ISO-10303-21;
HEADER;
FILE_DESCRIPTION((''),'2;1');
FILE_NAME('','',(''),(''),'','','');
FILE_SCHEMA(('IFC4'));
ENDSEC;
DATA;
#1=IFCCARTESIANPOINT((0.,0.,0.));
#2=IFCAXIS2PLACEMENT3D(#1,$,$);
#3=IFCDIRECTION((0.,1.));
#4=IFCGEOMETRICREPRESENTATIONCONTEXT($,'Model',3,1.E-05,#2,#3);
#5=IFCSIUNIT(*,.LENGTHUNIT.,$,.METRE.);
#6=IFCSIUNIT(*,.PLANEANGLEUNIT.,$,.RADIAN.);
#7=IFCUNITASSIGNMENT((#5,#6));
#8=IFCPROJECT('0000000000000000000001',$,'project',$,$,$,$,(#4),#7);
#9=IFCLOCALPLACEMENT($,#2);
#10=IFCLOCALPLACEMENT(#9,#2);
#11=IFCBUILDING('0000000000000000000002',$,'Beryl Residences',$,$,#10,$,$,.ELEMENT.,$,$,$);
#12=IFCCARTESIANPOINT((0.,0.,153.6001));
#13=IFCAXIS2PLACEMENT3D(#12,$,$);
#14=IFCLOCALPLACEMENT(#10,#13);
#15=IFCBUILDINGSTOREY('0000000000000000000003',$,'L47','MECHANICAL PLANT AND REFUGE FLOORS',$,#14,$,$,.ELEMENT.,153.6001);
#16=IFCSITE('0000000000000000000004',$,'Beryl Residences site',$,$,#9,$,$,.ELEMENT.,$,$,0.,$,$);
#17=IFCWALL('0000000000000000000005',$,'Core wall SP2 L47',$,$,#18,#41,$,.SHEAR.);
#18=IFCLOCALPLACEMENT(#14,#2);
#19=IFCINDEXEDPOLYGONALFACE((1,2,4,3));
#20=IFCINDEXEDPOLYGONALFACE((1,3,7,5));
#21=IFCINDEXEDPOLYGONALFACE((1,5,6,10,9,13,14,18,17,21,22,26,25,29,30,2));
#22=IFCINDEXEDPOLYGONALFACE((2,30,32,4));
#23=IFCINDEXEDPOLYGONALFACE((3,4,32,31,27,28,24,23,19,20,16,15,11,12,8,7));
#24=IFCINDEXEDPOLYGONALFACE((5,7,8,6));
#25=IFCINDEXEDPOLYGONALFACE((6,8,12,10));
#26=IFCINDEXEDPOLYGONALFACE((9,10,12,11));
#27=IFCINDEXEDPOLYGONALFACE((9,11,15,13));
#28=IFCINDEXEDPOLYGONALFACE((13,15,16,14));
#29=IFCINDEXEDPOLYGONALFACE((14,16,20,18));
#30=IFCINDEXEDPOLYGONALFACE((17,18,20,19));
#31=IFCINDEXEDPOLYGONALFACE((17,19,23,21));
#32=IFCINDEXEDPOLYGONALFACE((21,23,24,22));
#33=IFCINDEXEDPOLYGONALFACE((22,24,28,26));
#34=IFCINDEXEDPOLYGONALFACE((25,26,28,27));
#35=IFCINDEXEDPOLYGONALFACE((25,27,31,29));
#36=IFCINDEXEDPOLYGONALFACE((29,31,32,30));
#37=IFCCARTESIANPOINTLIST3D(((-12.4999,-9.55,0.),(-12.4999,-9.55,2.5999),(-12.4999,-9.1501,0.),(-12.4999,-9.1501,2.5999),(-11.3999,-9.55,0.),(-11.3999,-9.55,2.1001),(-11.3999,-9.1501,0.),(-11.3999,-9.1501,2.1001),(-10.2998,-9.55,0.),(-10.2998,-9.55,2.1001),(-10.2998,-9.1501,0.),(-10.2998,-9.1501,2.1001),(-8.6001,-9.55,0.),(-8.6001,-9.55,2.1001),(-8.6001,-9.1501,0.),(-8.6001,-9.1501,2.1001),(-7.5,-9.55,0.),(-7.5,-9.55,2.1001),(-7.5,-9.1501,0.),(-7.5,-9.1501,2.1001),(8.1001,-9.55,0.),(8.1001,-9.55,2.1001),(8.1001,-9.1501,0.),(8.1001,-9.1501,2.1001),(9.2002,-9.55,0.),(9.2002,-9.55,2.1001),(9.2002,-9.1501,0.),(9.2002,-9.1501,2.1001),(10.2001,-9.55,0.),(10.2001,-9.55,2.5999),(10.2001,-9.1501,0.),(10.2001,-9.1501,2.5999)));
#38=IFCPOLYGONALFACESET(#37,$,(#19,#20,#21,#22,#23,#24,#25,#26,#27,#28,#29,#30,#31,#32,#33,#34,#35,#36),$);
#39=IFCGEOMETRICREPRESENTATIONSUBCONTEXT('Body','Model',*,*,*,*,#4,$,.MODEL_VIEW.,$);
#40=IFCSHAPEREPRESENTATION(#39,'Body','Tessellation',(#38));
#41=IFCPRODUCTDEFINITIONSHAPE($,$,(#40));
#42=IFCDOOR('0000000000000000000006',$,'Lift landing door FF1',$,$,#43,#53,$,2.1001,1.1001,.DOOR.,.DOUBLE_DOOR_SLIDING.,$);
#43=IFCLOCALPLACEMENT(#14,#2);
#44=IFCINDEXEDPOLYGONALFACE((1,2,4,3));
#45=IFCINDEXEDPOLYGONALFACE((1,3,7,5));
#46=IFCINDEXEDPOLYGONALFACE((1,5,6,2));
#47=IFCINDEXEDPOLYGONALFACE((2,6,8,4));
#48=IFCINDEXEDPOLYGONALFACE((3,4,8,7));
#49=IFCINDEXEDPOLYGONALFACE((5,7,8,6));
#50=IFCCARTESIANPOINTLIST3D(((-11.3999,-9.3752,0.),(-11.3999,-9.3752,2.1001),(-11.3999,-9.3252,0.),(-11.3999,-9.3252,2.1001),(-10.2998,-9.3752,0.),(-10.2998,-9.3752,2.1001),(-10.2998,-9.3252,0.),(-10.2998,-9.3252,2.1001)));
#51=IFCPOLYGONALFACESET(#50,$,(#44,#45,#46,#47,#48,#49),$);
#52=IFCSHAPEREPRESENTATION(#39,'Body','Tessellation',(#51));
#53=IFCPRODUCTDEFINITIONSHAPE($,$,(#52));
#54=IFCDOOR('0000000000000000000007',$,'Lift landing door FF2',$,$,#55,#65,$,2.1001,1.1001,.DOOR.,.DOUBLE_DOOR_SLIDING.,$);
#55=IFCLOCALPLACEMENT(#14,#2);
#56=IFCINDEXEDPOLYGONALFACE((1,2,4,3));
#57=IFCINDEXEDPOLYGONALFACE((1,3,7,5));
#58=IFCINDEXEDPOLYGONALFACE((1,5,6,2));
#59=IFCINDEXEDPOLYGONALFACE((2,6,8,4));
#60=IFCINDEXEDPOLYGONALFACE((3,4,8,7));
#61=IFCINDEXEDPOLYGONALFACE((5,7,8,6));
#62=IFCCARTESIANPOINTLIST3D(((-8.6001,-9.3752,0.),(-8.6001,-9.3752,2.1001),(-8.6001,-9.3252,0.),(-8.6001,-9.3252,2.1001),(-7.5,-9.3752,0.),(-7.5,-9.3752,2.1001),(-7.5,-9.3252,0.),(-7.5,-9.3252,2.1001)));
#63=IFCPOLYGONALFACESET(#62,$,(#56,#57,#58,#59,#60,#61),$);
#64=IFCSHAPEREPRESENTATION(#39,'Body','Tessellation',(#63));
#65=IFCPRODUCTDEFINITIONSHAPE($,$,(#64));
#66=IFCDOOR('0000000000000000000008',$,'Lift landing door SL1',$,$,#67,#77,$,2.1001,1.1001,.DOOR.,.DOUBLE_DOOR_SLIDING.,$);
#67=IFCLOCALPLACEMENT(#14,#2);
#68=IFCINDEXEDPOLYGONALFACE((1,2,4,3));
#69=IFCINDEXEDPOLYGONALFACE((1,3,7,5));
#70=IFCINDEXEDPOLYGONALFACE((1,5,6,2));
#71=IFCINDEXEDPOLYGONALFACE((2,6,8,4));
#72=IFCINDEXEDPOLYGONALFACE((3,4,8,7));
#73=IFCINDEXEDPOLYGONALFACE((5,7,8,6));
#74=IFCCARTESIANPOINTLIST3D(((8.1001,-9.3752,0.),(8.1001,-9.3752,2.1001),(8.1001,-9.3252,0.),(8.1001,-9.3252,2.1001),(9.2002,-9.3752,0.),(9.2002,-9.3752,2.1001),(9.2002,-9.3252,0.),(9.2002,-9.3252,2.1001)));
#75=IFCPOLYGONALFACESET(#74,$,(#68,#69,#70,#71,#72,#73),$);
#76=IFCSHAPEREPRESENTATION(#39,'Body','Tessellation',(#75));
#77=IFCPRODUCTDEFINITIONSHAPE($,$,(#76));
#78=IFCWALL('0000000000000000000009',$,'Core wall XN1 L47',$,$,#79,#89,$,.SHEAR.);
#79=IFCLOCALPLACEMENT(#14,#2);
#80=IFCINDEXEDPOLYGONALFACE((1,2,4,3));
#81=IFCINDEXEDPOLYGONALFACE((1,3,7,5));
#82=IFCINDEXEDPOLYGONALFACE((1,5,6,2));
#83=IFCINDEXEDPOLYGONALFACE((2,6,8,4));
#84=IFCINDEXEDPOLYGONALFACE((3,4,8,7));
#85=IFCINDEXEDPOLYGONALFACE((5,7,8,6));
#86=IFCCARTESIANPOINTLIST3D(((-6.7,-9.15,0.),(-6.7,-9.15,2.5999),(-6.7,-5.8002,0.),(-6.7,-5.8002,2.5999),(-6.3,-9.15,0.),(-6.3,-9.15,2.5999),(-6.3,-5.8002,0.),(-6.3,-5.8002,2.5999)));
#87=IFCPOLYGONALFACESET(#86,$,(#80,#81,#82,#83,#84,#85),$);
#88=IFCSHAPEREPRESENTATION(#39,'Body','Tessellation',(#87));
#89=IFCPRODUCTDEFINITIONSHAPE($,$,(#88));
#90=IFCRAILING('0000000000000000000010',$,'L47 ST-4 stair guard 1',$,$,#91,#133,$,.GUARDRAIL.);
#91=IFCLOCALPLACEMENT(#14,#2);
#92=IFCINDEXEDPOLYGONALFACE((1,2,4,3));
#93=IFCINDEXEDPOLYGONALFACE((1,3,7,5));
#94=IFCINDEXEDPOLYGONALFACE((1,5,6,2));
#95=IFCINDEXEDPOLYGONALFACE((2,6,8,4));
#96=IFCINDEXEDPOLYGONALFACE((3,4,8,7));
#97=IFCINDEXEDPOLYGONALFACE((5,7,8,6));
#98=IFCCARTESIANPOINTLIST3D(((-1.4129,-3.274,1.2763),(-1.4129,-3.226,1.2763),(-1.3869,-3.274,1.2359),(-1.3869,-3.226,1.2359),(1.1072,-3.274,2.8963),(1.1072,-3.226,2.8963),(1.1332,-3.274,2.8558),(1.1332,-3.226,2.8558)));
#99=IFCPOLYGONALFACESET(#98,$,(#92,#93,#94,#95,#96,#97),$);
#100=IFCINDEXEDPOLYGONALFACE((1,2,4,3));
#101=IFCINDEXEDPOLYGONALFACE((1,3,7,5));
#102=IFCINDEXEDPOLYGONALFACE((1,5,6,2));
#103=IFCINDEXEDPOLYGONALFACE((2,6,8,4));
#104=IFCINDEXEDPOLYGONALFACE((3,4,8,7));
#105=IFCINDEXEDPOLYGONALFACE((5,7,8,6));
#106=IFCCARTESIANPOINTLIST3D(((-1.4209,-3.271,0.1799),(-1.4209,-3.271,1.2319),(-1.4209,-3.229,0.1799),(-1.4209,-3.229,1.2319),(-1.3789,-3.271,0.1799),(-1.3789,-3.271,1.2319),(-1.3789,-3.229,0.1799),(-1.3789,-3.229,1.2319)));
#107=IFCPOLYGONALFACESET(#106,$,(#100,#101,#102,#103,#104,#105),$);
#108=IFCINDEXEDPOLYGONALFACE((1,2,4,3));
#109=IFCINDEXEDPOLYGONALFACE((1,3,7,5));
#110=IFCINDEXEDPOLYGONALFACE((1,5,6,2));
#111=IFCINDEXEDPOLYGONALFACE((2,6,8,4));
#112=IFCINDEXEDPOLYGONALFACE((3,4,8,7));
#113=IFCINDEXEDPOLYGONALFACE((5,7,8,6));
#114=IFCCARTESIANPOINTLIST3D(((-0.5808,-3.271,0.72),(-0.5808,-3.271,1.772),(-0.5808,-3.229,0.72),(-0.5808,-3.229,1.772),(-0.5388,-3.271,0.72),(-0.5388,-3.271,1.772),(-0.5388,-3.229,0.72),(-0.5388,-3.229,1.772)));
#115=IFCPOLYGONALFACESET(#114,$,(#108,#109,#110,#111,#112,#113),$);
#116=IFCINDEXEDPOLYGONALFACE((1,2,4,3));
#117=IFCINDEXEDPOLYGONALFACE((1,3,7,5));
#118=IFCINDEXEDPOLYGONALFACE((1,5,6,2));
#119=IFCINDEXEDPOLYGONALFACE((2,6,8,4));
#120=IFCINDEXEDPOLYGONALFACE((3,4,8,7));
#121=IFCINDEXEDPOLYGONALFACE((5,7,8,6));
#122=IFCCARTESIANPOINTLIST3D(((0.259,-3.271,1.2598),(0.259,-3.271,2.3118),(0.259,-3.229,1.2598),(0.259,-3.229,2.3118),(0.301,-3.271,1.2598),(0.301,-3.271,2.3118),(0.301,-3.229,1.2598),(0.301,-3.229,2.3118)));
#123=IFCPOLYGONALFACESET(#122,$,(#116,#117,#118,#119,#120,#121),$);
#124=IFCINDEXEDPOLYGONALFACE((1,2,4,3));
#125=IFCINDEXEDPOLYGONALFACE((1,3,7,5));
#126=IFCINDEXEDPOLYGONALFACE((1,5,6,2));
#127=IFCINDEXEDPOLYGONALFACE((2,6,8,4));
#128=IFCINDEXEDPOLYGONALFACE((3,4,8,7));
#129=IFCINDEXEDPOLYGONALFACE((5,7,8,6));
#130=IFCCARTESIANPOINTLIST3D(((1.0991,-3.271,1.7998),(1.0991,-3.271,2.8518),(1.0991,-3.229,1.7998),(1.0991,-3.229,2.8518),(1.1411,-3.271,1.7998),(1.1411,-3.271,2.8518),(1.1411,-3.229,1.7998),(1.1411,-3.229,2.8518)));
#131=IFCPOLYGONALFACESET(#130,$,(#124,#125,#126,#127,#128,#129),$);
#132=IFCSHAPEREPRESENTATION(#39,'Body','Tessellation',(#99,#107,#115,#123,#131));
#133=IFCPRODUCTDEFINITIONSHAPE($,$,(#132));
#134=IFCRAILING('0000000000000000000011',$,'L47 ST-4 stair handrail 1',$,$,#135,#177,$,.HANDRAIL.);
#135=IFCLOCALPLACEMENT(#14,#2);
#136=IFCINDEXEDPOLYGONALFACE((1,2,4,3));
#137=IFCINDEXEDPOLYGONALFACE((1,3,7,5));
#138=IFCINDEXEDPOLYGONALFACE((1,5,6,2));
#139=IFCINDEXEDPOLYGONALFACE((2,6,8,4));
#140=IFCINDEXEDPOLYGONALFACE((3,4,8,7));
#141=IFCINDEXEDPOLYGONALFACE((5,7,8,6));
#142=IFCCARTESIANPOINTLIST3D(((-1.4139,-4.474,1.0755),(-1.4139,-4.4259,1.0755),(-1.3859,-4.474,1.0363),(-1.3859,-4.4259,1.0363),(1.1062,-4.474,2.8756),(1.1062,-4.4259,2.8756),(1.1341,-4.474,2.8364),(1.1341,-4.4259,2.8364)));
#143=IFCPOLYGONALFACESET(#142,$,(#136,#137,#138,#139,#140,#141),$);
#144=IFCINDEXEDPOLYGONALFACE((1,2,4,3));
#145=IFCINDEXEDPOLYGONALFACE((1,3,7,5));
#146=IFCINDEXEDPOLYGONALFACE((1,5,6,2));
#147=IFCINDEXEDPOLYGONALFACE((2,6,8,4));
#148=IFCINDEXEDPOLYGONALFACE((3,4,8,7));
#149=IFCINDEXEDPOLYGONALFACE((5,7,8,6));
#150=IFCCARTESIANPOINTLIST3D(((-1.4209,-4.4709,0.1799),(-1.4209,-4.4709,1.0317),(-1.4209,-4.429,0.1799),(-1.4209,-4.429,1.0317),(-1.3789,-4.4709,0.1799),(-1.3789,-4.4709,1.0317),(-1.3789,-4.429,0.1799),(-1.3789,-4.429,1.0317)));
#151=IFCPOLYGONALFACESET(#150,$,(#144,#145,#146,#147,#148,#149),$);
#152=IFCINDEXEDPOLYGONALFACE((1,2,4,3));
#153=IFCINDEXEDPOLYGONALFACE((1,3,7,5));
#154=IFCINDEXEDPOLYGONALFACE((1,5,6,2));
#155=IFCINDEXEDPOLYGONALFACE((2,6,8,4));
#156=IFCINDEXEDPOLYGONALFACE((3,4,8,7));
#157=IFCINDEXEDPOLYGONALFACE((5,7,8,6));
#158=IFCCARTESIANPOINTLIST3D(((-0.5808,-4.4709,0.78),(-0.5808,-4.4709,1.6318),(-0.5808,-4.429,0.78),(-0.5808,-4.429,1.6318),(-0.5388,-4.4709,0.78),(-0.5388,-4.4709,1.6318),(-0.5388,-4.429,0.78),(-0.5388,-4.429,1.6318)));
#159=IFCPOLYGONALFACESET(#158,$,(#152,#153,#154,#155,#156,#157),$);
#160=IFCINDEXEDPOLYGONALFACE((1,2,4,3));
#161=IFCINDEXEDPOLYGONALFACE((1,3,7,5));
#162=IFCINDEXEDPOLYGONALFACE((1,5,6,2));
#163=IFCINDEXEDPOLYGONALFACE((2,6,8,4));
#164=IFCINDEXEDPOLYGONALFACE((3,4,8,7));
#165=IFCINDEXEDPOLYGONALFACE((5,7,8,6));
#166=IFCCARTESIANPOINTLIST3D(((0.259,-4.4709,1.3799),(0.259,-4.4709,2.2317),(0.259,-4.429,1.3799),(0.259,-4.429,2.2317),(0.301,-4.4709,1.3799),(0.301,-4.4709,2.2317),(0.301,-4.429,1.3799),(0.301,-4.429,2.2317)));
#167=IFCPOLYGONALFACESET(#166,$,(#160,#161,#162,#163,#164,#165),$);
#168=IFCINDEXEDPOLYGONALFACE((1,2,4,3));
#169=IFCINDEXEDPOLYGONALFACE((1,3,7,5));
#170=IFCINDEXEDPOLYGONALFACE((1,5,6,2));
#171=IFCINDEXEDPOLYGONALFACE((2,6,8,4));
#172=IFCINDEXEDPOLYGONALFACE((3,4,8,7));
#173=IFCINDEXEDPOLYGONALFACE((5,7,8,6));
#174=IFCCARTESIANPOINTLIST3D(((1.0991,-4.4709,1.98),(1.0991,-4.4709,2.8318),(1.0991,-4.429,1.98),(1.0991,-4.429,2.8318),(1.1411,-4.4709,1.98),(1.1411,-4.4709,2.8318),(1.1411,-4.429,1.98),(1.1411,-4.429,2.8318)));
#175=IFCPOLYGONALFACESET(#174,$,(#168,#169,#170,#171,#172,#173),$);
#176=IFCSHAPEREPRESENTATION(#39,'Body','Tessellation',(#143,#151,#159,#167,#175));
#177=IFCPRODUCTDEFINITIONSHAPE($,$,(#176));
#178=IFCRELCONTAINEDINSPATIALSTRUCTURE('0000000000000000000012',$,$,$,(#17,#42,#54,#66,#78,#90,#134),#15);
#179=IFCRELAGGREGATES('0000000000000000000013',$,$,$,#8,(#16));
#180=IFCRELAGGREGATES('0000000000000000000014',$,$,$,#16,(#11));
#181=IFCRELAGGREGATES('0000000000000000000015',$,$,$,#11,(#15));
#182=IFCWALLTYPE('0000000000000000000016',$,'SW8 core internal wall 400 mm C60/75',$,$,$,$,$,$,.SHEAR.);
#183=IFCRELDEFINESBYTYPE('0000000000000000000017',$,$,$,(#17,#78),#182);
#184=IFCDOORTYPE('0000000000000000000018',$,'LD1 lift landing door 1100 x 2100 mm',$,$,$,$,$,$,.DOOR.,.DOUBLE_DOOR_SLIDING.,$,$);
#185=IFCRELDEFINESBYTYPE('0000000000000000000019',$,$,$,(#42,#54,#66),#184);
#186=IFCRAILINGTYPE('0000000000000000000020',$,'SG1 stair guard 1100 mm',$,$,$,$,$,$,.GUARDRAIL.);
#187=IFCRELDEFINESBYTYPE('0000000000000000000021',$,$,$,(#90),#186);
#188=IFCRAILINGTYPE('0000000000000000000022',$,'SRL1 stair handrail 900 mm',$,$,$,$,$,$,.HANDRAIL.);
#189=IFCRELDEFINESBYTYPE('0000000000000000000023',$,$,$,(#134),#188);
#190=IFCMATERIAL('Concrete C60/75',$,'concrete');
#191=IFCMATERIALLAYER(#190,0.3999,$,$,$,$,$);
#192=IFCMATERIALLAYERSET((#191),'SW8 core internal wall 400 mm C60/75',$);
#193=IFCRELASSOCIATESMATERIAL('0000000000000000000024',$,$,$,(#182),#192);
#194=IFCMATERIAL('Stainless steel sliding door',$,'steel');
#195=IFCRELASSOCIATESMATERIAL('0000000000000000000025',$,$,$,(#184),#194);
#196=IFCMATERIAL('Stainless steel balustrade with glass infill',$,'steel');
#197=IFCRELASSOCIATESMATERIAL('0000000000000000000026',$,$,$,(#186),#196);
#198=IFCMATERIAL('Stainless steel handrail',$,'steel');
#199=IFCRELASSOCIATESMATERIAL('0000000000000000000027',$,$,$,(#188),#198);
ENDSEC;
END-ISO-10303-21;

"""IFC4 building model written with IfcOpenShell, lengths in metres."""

from ifc_helpers import new_model, si_unit, direction, frame, frame_2d, origin, origin_2d, place, context, subcontext, project, spatial, rectangle, extrude, material, layer, layer_set, type_object, element, fill, save


model = new_model("IFC4")

# Units and contexts
model_context = context("Model", 3, precision=1e-05, world=origin(), true_north=direction((0.0, 1.0)))
body_context = subcontext(model_context, "Body", "Model", "MODEL_VIEW")
ifc_project = project(units=[si_unit("LENGTHUNIT", "METRE"), si_unit("PLANEANGLEUNIT", "RADIAN")], contexts=[model_context])

# Site, building, storey
site_placement = place(None, origin())
site = spatial("IfcSite", under=ifc_project, at=site_placement, Name="Beryl Residences site", CompositionType="ELEMENT", RefElevation=0.0)
building_placement = place(site_placement, origin())
building = spatial("IfcBuilding", under=site, at=building_placement, Name="Beryl Residences", CompositionType="ELEMENT")
storey_placement = place(building_placement, frame((0.0, 0.0, 153.6001)))
storey = spatial("IfcBuildingStorey", under=building, at=storey_placement, Name="L47", Description="MECHANICAL PLANT AND REFUGE FLOORS", CompositionType="ELEMENT", Elevation=153.6001)

# Wall, openings, doors
ifc_material_1 = material(Name="Concrete C60/75", Category="concrete")
ifc_layer_1 = layer(ifc_material_1, 0.3999)
ifc_layer_set_1 = layer_set([ifc_layer_1], Name="SW8 core internal wall 400 mm C60/75")
wall_type_1 = type_object("IfcWallType", Name="SW8 core internal wall 400 mm C60/75", PredefinedType="SHEAR", material=ifc_layer_set_1)
wall_1_placement = place(storey_placement, frame((-12.5, -9.3501, 0.0), z_axis=(0.0, 0.0, 1.0), x_axis=(1.0, 0.0, 0.0)))
wall_1 = element("IfcWall", 1, at=wall_1_placement, inside=storey, type_object=wall_type_1, Name="Core wall SP2 L47", PredefinedType="SHEAR", context=body_context, shape_type="SweptSolid", body=[
    extrude(rectangle(XDim=22.7, YDim=0.3999, at=frame_2d((11.3501, 0.0))), origin(), (0.0, 0.0, 1.0), 2.5999),
])
opening_1_placement = place(wall_1_placement, frame((1.1001, 0.0, 0.0)))
opening_1 = element("IfcOpeningElement", 2, at=opening_1_placement, cuts=wall_1, PredefinedType="OPENING", context=body_context, shape_type="SweptSolid", body=[
    extrude(rectangle(XDim=1.1001, YDim=2.1001, at=frame_2d((0.55, 1.05))), frame((0.0, 0.21, 0.0), z_axis=(0.0, -1.0, 0.0), x_axis=(1.0, 0.0, 0.0)), (0.0, 0.0, 1.0), 0.4199),
])
opening_2_placement = place(wall_1_placement, frame((3.8999, 0.0, 0.0)))
opening_2 = element("IfcOpeningElement", 3, at=opening_2_placement, cuts=wall_1, PredefinedType="OPENING", context=body_context, shape_type="SweptSolid", body=[
    extrude(rectangle(XDim=1.1001, YDim=2.1001, at=frame_2d((0.55, 1.05))), frame((0.0, 0.21, 0.0), z_axis=(0.0, -1.0, 0.0), x_axis=(1.0, 0.0, 0.0)), (0.0, 0.0, 1.0), 0.4199),
])
opening_3_placement = place(wall_1_placement, frame((20.6001, 0.0, 0.0)))
opening_3 = element("IfcOpeningElement", 4, at=opening_3_placement, cuts=wall_1, PredefinedType="OPENING", context=body_context, shape_type="SweptSolid", body=[
    extrude(rectangle(XDim=1.1001, YDim=2.1001, at=frame_2d((0.55, 1.05))), frame((0.0, 0.21, 0.0), z_axis=(0.0, -1.0, 0.0), x_axis=(1.0, 0.0, 0.0)), (0.0, 0.0, 1.0), 0.4199),
])
ifc_material_2 = material(Name="Stainless steel sliding door", Category="steel")
door_type_1 = type_object("IfcDoorType", Name="LD1 lift landing door 1100 x 2100 mm", OperationType="DOUBLE_DOOR_SLIDING", PredefinedType="DOOR", material=ifc_material_2)
door_1_placement = place(opening_1_placement, origin())
door_1 = element("IfcDoor", 5, at=door_1_placement, inside=storey, type_object=door_type_1, Name="Lift landing door FF1", OperationType="DOUBLE_DOOR_SLIDING", OverallHeight=2.1001, OverallWidth=1.1001, PredefinedType="DOOR", context=body_context, shape_type="SweptSolid", body=[
    extrude(rectangle(XDim=1.1001, YDim=2.1001, at=frame_2d((0.55, 1.05))), frame((0.0, 0.0249, 0.0), z_axis=(0.0, -1.0, 0.0), x_axis=(1.0, 0.0, 0.0)), (0.0, 0.0, 1.0), 0.05),
])
fill(opening_1, door_1)
door_2_placement = place(opening_2_placement, origin())
door_2 = element("IfcDoor", 6, at=door_2_placement, inside=storey, type_object=door_type_1, Name="Lift landing door FF2", OperationType="DOUBLE_DOOR_SLIDING", OverallHeight=2.1001, OverallWidth=1.1001, PredefinedType="DOOR", context=body_context, shape_type="SweptSolid", body=[
    extrude(rectangle(XDim=1.1001, YDim=2.1001, at=frame_2d((0.55, 1.05))), frame((0.0, 0.0249, 0.0), z_axis=(0.0, -1.0, 0.0), x_axis=(1.0, 0.0, 0.0)), (0.0, 0.0, 1.0), 0.05),
])
fill(opening_2, door_2)
door_3_placement = place(opening_3_placement, origin())
door_3 = element("IfcDoor", 7, at=door_3_placement, inside=storey, type_object=door_type_1, Name="Lift landing door SL1", OperationType="DOUBLE_DOOR_SLIDING", OverallHeight=2.1001, OverallWidth=1.1001, PredefinedType="DOOR", context=body_context, shape_type="SweptSolid", body=[
    extrude(rectangle(XDim=1.1001, YDim=2.1001, at=frame_2d((0.55, 1.05))), frame((0.0, 0.0249, 0.0), z_axis=(0.0, -1.0, 0.0), x_axis=(1.0, 0.0, 0.0)), (0.0, 0.0, 1.0), 0.05),
])
fill(opening_3, door_3)

# Wall
wall_2_placement = place(storey_placement, frame((-6.5, -9.1499, 0.0), z_axis=(0.0, 0.0, 1.0), x_axis=(0.0, 1.0, 0.0)))
element("IfcWall", 8, at=wall_2_placement, inside=storey, type_object=wall_type_1, Name="Core wall XN1 L47", PredefinedType="SHEAR", context=body_context, shape_type="SweptSolid", body=[
    extrude(rectangle(XDim=3.3499, YDim=0.3999, at=frame_2d((1.6748, 0.0))), origin(), (0.0, 0.0, 1.0), 2.5999),
])

# Railings
ifc_material_3 = material(Name="Stainless steel balustrade with glass infill", Category="steel")
railing_type_1 = type_object("IfcRailingType", Name="SG1 stair guard 1100 mm", PredefinedType="GUARDRAIL", material=ifc_material_3)
railing_1_placement = place(storey_placement, frame((-1.3999, -3.25, 0.1799)))
element("IfcRailing", 9, at=railing_1_placement, inside=storey, type_object=railing_type_1, Name="L47 ST-4 stair guard 1", PredefinedType="GUARDRAIL", context=body_context, shape_type="SweptSolid", body=[
    extrude(rectangle(XDim=0.0481, YDim=0.0481, at=origin_2d()), frame((0.0, 0.0, 1.0762), z_axis=(0.8412, 0.0, 0.540725), x_axis=(0.0, 1.0, 0.0)), (0.0, 0.0, 1.0), 2.9958),
    extrude(rectangle(XDim=0.042, YDim=0.042, at=origin_2d()), origin(), (0.0, 0.0, 1.0), 1.052),
    extrude(rectangle(XDim=0.042, YDim=0.042, at=origin_2d()), frame((0.8401, 0.0, 0.54)), (0.0, 0.0, 1.0), 1.052),
    extrude(rectangle(XDim=0.042, YDim=0.042, at=origin_2d()), frame((1.6799, 0.0, 1.0798)), (0.0, 0.0, 1.0), 1.052),
    extrude(rectangle(XDim=0.042, YDim=0.042, at=origin_2d()), frame((2.52, 0.0, 1.6199)), (0.0, 0.0, 1.0), 1.052),
])
ifc_material_4 = material(Name="Stainless steel handrail", Category="steel")
railing_type_2 = type_object("IfcRailingType", Name="SRL1 stair handrail 900 mm", PredefinedType="HANDRAIL", material=ifc_material_4)
railing_2_placement = place(storey_placement, frame((-1.3999, -4.45, 0.1799)))
element("IfcRailing", 10, at=railing_2_placement, inside=storey, type_object=railing_type_2, Name="L47 ST-4 stair handrail 1", PredefinedType="HANDRAIL", context=body_context, shape_type="SweptSolid", body=[
    extrude(rectangle(XDim=0.0481, YDim=0.0481, at=origin_2d()), frame((0.0, 0.0, 0.876), z_axis=(0.813728, 0.0, 0.581246), x_axis=(0.0, 1.0, 0.0)), (0.0, 0.0, 1.0), 3.0969),
    extrude(rectangle(XDim=0.042, YDim=0.042, at=origin_2d()), origin(), (0.0, 0.0, 1.0), 0.8518),
    extrude(rectangle(XDim=0.042, YDim=0.042, at=origin_2d()), frame((0.8401, 0.0, 0.6001)), (0.0, 0.0, 1.0), 0.8518),
    extrude(rectangle(XDim=0.042, YDim=0.042, at=origin_2d()), frame((1.6799, 0.0, 1.2)), (0.0, 0.0, 1.0), 0.8518),
    extrude(rectangle(XDim=0.042, YDim=0.042, at=origin_2d()), frame((2.52, 0.0, 1.8)), (0.0, 0.0, 1.0), 0.8518),
])

save(model, "model.ifc")
